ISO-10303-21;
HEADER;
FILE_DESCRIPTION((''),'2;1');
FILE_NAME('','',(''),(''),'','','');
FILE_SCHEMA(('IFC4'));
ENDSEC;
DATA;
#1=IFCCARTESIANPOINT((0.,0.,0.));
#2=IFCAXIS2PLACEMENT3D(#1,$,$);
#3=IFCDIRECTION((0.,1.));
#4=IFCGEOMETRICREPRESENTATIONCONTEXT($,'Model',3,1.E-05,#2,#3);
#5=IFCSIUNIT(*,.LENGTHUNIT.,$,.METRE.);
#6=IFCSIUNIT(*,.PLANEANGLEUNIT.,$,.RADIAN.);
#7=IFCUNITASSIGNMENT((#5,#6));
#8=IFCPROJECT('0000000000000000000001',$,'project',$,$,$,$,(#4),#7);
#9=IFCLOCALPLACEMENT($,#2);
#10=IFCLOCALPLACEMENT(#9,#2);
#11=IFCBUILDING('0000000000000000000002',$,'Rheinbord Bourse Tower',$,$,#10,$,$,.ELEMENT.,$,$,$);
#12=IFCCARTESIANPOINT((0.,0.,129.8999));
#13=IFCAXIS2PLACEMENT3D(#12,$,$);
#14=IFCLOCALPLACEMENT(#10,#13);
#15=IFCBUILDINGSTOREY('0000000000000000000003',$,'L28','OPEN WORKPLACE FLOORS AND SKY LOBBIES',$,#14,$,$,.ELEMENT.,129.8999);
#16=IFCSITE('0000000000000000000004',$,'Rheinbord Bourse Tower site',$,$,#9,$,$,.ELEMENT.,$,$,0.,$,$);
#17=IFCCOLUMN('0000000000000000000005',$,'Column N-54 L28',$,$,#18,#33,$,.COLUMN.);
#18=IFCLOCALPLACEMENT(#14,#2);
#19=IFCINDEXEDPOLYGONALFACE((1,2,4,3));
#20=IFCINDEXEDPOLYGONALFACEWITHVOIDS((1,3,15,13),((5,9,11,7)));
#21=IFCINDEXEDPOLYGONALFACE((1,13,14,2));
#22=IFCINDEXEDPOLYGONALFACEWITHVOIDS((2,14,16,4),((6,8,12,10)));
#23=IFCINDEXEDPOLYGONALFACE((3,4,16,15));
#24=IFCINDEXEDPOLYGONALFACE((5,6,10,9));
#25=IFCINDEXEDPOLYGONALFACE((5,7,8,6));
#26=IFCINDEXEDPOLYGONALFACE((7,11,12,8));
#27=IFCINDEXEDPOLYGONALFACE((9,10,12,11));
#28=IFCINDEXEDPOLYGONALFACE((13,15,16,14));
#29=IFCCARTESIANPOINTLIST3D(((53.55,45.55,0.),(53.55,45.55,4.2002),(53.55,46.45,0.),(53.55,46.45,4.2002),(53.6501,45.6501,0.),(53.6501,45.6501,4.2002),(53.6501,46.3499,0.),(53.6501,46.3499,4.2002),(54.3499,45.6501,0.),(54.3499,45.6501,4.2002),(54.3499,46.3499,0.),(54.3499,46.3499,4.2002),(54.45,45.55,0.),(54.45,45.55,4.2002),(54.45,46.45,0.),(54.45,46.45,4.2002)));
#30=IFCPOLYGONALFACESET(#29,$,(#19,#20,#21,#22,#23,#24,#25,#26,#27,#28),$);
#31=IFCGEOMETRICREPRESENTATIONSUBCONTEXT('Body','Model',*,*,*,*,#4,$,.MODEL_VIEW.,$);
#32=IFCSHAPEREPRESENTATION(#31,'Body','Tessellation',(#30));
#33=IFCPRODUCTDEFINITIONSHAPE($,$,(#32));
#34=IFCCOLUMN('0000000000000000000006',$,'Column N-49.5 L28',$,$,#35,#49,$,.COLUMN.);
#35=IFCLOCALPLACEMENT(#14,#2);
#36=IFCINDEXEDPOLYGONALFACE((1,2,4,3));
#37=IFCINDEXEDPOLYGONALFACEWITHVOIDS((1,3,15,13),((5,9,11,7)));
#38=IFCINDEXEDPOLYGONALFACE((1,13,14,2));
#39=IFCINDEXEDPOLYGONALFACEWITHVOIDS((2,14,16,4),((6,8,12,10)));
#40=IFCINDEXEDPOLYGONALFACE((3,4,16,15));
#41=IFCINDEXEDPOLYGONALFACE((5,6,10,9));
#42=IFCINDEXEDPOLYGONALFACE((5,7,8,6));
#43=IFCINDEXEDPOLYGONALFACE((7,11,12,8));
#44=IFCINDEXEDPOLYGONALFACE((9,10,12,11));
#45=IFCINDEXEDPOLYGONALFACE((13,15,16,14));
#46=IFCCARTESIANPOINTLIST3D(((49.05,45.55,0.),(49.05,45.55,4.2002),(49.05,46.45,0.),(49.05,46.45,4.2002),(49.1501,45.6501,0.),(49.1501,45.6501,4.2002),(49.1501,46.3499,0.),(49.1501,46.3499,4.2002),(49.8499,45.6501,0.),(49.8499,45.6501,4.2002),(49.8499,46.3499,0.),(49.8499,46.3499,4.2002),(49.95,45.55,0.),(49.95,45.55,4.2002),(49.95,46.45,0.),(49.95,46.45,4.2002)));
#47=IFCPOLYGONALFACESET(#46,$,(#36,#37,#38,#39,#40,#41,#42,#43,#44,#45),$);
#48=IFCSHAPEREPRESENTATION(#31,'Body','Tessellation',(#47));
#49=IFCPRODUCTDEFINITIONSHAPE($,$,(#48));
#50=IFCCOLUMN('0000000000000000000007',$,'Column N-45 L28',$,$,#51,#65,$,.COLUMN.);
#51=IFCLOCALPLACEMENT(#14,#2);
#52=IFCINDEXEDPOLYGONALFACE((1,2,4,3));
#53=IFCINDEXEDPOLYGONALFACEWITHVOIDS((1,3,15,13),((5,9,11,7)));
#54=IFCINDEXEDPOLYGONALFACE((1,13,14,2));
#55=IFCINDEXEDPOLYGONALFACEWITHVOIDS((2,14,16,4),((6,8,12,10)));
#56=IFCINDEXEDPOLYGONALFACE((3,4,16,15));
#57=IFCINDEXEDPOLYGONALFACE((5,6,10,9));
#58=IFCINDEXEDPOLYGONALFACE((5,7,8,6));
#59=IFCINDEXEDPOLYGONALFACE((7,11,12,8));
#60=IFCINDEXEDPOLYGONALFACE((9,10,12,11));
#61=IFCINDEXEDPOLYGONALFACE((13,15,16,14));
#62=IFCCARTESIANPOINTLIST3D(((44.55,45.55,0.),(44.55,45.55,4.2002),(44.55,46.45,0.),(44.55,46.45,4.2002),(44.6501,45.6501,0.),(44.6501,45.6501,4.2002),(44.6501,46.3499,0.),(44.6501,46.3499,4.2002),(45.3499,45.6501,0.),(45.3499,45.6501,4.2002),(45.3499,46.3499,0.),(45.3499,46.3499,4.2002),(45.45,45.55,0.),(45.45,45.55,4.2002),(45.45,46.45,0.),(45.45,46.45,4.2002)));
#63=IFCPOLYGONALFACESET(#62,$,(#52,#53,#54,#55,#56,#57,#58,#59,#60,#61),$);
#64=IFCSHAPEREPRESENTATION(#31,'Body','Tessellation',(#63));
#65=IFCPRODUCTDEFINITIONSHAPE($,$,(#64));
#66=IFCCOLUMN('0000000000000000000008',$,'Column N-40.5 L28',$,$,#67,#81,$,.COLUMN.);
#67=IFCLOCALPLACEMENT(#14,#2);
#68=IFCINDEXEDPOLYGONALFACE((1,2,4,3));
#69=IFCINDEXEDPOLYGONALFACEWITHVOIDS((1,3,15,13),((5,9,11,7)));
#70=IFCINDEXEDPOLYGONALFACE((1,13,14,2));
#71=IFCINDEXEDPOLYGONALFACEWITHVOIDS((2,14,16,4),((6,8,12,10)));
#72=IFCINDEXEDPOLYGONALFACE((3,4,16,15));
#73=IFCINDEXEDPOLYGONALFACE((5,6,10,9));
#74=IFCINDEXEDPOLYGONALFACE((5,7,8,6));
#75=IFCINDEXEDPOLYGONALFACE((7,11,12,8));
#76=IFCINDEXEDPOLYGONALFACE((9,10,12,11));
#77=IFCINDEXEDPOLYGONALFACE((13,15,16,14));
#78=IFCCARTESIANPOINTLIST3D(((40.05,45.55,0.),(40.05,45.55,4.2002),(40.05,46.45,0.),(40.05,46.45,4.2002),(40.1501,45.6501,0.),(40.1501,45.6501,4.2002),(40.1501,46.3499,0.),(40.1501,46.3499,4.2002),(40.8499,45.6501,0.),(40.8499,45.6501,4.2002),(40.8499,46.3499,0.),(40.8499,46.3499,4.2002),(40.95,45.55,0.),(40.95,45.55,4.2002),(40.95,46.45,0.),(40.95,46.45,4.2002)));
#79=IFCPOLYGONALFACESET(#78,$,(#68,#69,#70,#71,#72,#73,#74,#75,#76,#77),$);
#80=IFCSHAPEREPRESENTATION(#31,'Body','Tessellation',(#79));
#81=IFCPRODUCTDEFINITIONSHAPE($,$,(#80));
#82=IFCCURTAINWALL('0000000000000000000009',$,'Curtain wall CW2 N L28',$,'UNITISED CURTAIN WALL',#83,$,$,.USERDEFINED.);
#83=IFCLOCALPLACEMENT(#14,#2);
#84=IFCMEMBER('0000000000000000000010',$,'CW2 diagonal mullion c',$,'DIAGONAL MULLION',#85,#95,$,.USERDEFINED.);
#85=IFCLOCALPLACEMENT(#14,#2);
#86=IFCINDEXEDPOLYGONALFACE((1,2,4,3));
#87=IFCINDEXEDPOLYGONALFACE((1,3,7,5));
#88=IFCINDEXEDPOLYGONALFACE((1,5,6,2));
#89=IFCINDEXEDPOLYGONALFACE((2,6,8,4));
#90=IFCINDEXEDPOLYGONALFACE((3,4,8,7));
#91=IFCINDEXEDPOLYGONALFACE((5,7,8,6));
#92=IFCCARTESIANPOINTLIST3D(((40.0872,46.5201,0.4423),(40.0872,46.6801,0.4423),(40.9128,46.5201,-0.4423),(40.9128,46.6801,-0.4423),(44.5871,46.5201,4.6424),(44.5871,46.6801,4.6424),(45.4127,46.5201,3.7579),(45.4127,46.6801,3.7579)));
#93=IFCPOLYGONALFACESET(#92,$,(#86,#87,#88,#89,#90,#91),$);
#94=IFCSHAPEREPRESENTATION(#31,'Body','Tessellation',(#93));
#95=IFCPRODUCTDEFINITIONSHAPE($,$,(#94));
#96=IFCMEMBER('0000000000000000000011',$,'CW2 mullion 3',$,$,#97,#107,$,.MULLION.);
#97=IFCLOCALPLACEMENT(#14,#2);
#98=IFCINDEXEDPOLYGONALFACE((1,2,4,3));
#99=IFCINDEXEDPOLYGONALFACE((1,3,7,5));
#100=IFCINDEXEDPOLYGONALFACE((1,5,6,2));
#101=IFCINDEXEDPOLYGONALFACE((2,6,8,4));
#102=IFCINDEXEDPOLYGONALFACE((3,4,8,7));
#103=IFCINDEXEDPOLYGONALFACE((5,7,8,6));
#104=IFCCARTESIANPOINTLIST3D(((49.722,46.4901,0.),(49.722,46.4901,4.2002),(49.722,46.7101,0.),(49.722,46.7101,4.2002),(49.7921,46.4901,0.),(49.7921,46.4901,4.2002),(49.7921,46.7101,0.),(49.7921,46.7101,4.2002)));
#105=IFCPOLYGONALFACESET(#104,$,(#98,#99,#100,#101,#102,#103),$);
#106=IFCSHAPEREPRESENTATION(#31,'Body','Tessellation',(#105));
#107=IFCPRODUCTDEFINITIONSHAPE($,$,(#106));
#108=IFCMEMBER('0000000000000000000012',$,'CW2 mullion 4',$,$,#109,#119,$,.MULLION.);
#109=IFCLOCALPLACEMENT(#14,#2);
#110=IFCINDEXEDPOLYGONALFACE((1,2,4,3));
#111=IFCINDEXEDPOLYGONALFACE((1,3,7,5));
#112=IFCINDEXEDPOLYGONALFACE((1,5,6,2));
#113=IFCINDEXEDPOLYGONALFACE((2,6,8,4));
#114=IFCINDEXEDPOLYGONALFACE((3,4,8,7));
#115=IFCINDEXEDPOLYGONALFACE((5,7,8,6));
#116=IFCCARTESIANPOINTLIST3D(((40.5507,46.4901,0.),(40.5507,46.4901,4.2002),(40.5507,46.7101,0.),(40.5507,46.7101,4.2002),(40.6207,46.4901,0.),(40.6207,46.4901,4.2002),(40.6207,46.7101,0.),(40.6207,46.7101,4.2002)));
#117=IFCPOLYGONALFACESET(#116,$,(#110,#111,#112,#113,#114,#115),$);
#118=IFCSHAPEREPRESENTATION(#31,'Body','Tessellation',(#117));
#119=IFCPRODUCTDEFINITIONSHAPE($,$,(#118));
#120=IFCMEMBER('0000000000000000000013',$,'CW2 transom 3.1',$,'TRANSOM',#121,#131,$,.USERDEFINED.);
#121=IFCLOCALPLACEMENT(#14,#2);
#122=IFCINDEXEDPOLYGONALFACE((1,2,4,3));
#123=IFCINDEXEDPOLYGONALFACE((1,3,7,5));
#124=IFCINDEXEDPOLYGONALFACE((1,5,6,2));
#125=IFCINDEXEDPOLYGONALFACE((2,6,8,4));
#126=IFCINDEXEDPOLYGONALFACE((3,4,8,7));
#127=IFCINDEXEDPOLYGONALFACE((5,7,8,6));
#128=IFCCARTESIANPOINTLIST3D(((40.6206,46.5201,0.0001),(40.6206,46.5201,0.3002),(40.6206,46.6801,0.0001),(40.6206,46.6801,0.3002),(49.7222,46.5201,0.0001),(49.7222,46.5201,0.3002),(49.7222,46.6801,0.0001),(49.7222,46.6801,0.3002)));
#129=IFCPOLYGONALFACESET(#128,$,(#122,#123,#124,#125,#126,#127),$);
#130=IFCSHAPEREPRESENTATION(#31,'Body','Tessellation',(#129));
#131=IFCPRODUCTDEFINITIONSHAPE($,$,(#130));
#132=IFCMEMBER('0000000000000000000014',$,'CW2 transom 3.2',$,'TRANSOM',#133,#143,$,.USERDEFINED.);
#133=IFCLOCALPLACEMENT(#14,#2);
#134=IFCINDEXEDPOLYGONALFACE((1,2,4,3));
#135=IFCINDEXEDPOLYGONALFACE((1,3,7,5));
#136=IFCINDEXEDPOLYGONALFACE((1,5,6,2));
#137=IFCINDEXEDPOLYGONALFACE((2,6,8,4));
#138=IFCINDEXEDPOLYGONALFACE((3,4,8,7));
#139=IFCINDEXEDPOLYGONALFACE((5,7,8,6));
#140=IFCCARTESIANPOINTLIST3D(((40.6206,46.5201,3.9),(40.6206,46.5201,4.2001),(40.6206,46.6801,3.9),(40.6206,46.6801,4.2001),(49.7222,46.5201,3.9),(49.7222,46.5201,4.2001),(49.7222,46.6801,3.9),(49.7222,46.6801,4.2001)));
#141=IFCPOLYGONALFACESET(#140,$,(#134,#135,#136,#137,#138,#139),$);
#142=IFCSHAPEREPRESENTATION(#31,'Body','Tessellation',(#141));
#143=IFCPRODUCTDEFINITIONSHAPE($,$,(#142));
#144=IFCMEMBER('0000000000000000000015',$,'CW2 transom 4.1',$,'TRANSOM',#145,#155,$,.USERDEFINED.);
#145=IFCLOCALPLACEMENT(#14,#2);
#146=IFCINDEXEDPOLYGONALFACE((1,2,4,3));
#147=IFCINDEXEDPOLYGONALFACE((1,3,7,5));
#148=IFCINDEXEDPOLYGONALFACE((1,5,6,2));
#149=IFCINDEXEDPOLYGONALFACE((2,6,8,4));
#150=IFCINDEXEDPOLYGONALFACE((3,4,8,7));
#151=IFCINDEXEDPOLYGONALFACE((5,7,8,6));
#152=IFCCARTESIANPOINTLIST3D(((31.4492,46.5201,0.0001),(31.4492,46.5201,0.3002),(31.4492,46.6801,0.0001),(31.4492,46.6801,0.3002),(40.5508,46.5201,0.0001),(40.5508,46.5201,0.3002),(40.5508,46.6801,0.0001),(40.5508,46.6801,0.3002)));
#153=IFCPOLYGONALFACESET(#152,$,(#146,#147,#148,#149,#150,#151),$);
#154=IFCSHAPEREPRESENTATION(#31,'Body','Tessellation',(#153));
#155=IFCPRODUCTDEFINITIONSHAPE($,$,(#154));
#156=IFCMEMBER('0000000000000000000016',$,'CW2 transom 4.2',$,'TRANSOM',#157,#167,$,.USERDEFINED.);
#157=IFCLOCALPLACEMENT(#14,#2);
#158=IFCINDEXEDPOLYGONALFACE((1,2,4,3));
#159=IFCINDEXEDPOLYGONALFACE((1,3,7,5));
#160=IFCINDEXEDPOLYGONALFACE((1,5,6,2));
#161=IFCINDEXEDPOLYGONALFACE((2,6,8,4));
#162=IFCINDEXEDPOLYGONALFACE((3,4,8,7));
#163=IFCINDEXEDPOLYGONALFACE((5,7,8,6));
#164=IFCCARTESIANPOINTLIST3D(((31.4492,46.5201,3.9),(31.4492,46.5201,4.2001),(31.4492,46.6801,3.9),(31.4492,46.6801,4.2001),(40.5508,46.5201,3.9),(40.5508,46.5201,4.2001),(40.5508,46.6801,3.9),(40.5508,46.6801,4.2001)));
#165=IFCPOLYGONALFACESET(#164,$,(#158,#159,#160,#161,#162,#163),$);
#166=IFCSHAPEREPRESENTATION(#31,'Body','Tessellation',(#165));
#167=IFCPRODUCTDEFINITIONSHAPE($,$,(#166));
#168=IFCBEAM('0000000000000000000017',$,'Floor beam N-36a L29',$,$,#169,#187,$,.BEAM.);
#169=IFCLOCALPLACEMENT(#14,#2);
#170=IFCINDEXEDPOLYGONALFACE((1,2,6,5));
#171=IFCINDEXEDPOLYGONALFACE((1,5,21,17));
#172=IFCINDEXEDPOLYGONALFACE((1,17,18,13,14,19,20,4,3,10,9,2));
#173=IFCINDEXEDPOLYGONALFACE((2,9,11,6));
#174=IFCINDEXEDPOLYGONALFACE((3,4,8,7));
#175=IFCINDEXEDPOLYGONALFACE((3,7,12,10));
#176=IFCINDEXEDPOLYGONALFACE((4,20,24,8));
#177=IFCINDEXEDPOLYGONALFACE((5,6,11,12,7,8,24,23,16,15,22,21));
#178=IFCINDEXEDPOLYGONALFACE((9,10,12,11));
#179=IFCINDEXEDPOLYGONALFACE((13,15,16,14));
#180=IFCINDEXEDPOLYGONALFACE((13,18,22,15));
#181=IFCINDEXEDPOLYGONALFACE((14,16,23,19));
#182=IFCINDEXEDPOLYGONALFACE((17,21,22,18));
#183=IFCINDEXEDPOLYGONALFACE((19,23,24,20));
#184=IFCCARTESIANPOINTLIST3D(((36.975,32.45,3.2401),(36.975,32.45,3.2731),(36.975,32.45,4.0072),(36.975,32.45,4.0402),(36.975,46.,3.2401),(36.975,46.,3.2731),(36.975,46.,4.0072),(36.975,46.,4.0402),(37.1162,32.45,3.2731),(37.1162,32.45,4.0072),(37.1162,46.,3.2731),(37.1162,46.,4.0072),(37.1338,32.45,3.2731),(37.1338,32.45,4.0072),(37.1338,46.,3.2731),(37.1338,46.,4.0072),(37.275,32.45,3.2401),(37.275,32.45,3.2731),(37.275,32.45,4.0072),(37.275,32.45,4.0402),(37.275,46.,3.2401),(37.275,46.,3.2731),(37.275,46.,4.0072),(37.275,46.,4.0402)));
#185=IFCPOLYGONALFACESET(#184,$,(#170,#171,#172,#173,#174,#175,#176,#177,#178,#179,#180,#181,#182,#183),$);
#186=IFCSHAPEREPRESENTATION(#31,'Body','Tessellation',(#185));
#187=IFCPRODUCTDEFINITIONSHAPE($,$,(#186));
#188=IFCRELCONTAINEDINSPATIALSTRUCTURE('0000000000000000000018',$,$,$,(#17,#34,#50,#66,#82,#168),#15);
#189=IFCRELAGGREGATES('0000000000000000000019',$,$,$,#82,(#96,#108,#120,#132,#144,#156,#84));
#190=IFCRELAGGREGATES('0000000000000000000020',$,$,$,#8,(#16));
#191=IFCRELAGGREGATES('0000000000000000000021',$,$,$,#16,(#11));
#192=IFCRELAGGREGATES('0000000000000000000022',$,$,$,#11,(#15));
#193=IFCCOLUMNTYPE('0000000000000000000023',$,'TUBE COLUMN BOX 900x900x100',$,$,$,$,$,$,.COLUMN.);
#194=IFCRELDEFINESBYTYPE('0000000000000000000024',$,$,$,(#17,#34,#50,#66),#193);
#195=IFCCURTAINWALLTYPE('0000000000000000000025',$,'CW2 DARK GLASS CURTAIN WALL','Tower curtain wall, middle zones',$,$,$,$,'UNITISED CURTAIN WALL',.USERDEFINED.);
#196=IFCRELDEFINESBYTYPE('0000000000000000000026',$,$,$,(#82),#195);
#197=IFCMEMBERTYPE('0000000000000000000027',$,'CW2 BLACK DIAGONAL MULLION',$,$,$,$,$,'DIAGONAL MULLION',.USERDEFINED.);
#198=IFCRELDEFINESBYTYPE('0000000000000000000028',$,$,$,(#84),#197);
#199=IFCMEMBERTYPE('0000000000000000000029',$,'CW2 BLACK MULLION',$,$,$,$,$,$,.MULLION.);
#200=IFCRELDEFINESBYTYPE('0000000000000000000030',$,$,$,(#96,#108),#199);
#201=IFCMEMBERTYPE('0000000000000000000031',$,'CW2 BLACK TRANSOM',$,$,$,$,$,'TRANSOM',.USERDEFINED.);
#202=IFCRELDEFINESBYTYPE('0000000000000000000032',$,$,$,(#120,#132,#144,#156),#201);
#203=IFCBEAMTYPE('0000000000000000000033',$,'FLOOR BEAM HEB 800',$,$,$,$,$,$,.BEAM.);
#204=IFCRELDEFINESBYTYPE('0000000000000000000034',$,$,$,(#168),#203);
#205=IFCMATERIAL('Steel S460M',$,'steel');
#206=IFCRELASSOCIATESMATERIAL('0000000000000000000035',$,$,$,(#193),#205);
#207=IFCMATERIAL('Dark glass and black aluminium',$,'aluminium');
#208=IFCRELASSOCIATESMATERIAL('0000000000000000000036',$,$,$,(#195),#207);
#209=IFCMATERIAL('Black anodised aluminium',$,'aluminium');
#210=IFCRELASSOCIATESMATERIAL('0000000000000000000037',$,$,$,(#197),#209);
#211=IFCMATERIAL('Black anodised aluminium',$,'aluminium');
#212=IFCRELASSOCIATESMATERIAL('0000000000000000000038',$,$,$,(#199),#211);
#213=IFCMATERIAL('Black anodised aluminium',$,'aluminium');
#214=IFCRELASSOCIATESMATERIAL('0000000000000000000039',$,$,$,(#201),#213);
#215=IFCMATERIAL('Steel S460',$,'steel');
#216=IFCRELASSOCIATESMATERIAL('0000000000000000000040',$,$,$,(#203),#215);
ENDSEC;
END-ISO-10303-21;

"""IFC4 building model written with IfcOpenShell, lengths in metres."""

from ifc_helpers import new_model, si_unit, direction, frame, origin, origin_2d, place, context, subcontext, project, spatial, rectangle, hollow_rectangle, i_section, extrude, material, material_profile, profile_set, type_object, element, aggregate, save


model = new_model("IFC4")

# Units and contexts
model_context = context("Model", 3, precision=1e-05, world=origin(), true_north=direction((0.0, 1.0)))
body_context = subcontext(model_context, "Body", "Model", "MODEL_VIEW")
ifc_project = project(units=[si_unit("LENGTHUNIT", "METRE"), si_unit("PLANEANGLEUNIT", "RADIAN")], contexts=[model_context])

# Site, building, storey
site_placement = place(None, origin())
site = spatial("IfcSite", under=ifc_project, at=site_placement, Name="Rheinbord Bourse Tower site", CompositionType="ELEMENT", RefElevation=0.0)
building_placement = place(site_placement, origin())
building = spatial("IfcBuilding", under=site, at=building_placement, Name="Rheinbord Bourse Tower", CompositionType="ELEMENT")
storey_placement = place(building_placement, frame((0.0, 0.0, 129.8999)))
storey = spatial("IfcBuildingStorey", under=building, at=storey_placement, Name="L28", Description="OPEN WORKPLACE FLOORS AND SKY LOBBIES", CompositionType="ELEMENT", Elevation=129.8999)

# Columns
ifc_material_1 = material(Name="Steel S460M", Category="steel")
ifc_material_profile_1 = material_profile(ifc_material_1, hollow_rectangle(XDim=0.8999, YDim=0.8999, WallThickness=0.1001, at=origin_2d()), Name="BOX 900x900x100")
ifc_profile_set_1 = profile_set([ifc_material_profile_1], Name="Steel S460M")
column_type = type_object("IfcColumnType", Name="TUBE COLUMN BOX 900x900x100", PredefinedType="COLUMN", material=ifc_profile_set_1)
for number, where, z_axis, x_axis, name in (
    (1, (54.0, 46.0, 0.0), (0.0, 0.0, 1.0), (0.0, 1.0, 0.0), "Column N-54 L28"),
    (2, (49.5, 46.0, 0.0), (0.0, 0.0, 1.0), (0.0, 1.0, 0.0), "Column N-49.5 L28"),
    (3, (45.0, 46.0, 0.0), (0.0, 0.0, 1.0), (0.0, 1.0, 0.0), "Column N-45 L28"),
    (4, (40.5, 46.0, 0.0), (0.0, 0.0, 1.0), (0.0, 1.0, 0.0), "Column N-40.5 L28"),
):
    element("IfcColumn", number, at=place(storey_placement, frame(where, z_axis=z_axis, x_axis=x_axis)), inside=storey, type_object=column_type, Name=name, PredefinedType="COLUMN", context=body_context, shape_type="SweptSolid", body=[
        extrude(hollow_rectangle(XDim=0.8999, YDim=0.8999, WallThickness=0.1001, at=origin_2d()), origin(), (0.0, 0.0, 1.0), 4.2002),
    ])

# Curtain wall, members
ifc_material_2 = material(Name="Dark glass and black aluminium", Category="aluminium")
curtain_wall_type = type_object("IfcCurtainWallType", Name="CW2 DARK GLASS CURTAIN WALL", Description="Tower curtain wall, middle zones", ElementType="UNITISED CURTAIN WALL", PredefinedType="USERDEFINED", material=ifc_material_2)
curtain_wall_placement = place(storey_placement, origin())
curtain_wall = element("IfcCurtainWall", 5, at=curtain_wall_placement, inside=storey, type_object=curtain_wall_type, Name="Curtain wall CW2 N L28", ObjectType="UNITISED CURTAIN WALL", PredefinedType="USERDEFINED")
ifc_material_3 = material(Name="Black anodised aluminium", Category="aluminium")
ifc_material_profile_2 = material_profile(ifc_material_3, rectangle(XDim=0.1599, YDim=1.21, at=origin_2d()), Name="CW2 DIAGONAL MULLION 1210x160")
ifc_profile_set_2 = profile_set([ifc_material_profile_2], Name="Black anodised aluminium")
member_type_1 = type_object("IfcMemberType", Name="CW2 BLACK DIAGONAL MULLION", ElementType="DIAGONAL MULLION", PredefinedType="USERDEFINED", material=ifc_profile_set_2)
member_1_placement = place(storey_placement, frame((40.5, 46.6001, 0.0), z_axis=(0.731039, 0.0, 0.682335), x_axis=(0.0, 1.0, 0.0)))
member_1 = element("IfcMember", 6, at=member_1_placement, type_object=member_type_1, Name="CW2 diagonal mullion c", ObjectType="DIAGONAL MULLION", PredefinedType="USERDEFINED", context=body_context, shape_type="SweptSolid", body=[
    extrude(rectangle(XDim=0.1599, YDim=1.21, at=origin_2d()), origin(), (0.0, 0.0, 1.0), 6.1555),
])
ifc_material_4 = material(Name="Black anodised aluminium", Category="aluminium")
ifc_material_profile_3 = material_profile(ifc_material_4, rectangle(XDim=0.22, YDim=0.0701, at=origin_2d()), Name="CW2 MULLION 70x220")
ifc_profile_set_3 = profile_set([ifc_material_profile_3], Name="Black anodised aluminium")
member_type_2 = type_object("IfcMemberType", Name="CW2 BLACK MULLION", PredefinedType="MULLION", material=ifc_profile_set_3)
member_2_placement = place(storey_placement, frame((49.7571, 46.6001, 0.0), z_axis=(0.0, 0.0, 1.0), x_axis=(0.0, -1.0, 0.0)))
member_2 = element("IfcMember", 7, at=member_2_placement, type_object=member_type_2, Name="CW2 mullion 3", PredefinedType="MULLION", context=body_context, shape_type="SweptSolid", body=[
    extrude(rectangle(XDim=0.22, YDim=0.0701, at=origin_2d()), origin(), (0.0, 0.0, 1.0), 4.2002),
])
member_3_placement = place(storey_placement, frame((40.5857, 46.6001, 0.0), z_axis=(0.0, 0.0, 1.0), x_axis=(0.0, -1.0, 0.0)))
member_3 = element("IfcMember", 8, at=member_3_placement, type_object=member_type_2, Name="CW2 mullion 4", PredefinedType="MULLION", context=body_context, shape_type="SweptSolid", body=[
    extrude(rectangle(XDim=0.22, YDim=0.0701, at=origin_2d()), origin(), (0.0, 0.0, 1.0), 4.2002),
])
ifc_material_5 = material(Name="Black anodised aluminium", Category="aluminium")
ifc_material_profile_4 = material_profile(ifc_material_5, rectangle(XDim=0.1599, YDim=0.3, at=origin_2d()), Name="CW2 TRANSOM 300x160")
ifc_profile_set_4 = profile_set([ifc_material_profile_4], Name="Black anodised aluminium")
member_type_3 = type_object("IfcMemberType", Name="CW2 BLACK TRANSOM", ElementType="TRANSOM", PredefinedType="USERDEFINED", material=ifc_profile_set_4)
member_4_placement = place(storey_placement, frame((49.7222, 46.6001, 0.1501), z_axis=(-1.0, 0.0, 0.0), x_axis=(0.0, -1.0, 0.0)))
member_4 = element("IfcMember", 9, at=member_4_placement, type_object=member_type_3, Name="CW2 transom 3.1", ObjectType="TRANSOM", PredefinedType="USERDEFINED", context=body_context, shape_type="SweptSolid", body=[
    extrude(rectangle(XDim=0.1599, YDim=0.3, at=origin_2d()), origin(), (0.0, 0.0, 1.0), 9.1016),
])
member_5_placement = place(storey_placement, frame((49.7222, 46.6001, 4.05), z_axis=(-1.0, 0.0, 0.0), x_axis=(0.0, -1.0, 0.0)))
member_5 = element("IfcMember", 10, at=member_5_placement, type_object=member_type_3, Name="CW2 transom 3.2", ObjectType="TRANSOM", PredefinedType="USERDEFINED", context=body_context, shape_type="SweptSolid", body=[
    extrude(rectangle(XDim=0.1599, YDim=0.3, at=origin_2d()), origin(), (0.0, 0.0, 1.0), 9.1016),
])
member_6_placement = place(storey_placement, frame((40.5508, 46.6001, 0.1501), z_axis=(-1.0, 0.0, 0.0), x_axis=(0.0, -1.0, 0.0)))
member_6 = element("IfcMember", 11, at=member_6_placement, type_object=member_type_3, Name="CW2 transom 4.1", ObjectType="TRANSOM", PredefinedType="USERDEFINED", context=body_context, shape_type="SweptSolid", body=[
    extrude(rectangle(XDim=0.1599, YDim=0.3, at=origin_2d()), origin(), (0.0, 0.0, 1.0), 9.1016),
])
member_7_placement = place(storey_placement, frame((40.5508, 46.6001, 4.05), z_axis=(-1.0, 0.0, 0.0), x_axis=(0.0, -1.0, 0.0)))
member_7 = element("IfcMember", 12, at=member_7_placement, type_object=member_type_3, Name="CW2 transom 4.2", ObjectType="TRANSOM", PredefinedType="USERDEFINED", context=body_context, shape_type="SweptSolid", body=[
    extrude(rectangle(XDim=0.1599, YDim=0.3, at=origin_2d()), origin(), (0.0, 0.0, 1.0), 9.1016),
])

# Beam
ifc_material_6 = material(Name="Steel S460", Category="steel")
ifc_material_profile_5 = material_profile(ifc_material_6, i_section(OverallWidth=0.3, OverallDepth=0.8, WebThickness=0.0176, FlangeThickness=0.033, at=origin_2d()), Name="HEB 800")
ifc_profile_set_5 = profile_set([ifc_material_profile_5], Name="Steel S460")
beam_type_1 = type_object("IfcBeamType", Name="FLOOR BEAM HEB 800", PredefinedType="BEAM", material=ifc_profile_set_5)
for number, where, z_axis, x_axis, name in (
    (13, (37.125, 46.0, 3.6401), (0.0, -1.0, 0.0), (1.0, 0.0, 0.0), "Floor beam N-36a L29"),
):
    element("IfcBeam", number, at=place(storey_placement, frame(where, z_axis=z_axis, x_axis=x_axis)), inside=storey, type_object=beam_type_1, Name=name, PredefinedType="BEAM", context=body_context, shape_type="SweptSolid", body=[
        extrude(i_section(OverallWidth=0.3, OverallDepth=0.8, WebThickness=0.0176, FlangeThickness=0.033, at=origin_2d()), origin(), (0.0, 0.0, 1.0), 13.55),
    ])

aggregate(curtain_wall, [member_2, member_3, member_4, member_5, member_6, member_7, member_1])

save(model, "model.ifc")
